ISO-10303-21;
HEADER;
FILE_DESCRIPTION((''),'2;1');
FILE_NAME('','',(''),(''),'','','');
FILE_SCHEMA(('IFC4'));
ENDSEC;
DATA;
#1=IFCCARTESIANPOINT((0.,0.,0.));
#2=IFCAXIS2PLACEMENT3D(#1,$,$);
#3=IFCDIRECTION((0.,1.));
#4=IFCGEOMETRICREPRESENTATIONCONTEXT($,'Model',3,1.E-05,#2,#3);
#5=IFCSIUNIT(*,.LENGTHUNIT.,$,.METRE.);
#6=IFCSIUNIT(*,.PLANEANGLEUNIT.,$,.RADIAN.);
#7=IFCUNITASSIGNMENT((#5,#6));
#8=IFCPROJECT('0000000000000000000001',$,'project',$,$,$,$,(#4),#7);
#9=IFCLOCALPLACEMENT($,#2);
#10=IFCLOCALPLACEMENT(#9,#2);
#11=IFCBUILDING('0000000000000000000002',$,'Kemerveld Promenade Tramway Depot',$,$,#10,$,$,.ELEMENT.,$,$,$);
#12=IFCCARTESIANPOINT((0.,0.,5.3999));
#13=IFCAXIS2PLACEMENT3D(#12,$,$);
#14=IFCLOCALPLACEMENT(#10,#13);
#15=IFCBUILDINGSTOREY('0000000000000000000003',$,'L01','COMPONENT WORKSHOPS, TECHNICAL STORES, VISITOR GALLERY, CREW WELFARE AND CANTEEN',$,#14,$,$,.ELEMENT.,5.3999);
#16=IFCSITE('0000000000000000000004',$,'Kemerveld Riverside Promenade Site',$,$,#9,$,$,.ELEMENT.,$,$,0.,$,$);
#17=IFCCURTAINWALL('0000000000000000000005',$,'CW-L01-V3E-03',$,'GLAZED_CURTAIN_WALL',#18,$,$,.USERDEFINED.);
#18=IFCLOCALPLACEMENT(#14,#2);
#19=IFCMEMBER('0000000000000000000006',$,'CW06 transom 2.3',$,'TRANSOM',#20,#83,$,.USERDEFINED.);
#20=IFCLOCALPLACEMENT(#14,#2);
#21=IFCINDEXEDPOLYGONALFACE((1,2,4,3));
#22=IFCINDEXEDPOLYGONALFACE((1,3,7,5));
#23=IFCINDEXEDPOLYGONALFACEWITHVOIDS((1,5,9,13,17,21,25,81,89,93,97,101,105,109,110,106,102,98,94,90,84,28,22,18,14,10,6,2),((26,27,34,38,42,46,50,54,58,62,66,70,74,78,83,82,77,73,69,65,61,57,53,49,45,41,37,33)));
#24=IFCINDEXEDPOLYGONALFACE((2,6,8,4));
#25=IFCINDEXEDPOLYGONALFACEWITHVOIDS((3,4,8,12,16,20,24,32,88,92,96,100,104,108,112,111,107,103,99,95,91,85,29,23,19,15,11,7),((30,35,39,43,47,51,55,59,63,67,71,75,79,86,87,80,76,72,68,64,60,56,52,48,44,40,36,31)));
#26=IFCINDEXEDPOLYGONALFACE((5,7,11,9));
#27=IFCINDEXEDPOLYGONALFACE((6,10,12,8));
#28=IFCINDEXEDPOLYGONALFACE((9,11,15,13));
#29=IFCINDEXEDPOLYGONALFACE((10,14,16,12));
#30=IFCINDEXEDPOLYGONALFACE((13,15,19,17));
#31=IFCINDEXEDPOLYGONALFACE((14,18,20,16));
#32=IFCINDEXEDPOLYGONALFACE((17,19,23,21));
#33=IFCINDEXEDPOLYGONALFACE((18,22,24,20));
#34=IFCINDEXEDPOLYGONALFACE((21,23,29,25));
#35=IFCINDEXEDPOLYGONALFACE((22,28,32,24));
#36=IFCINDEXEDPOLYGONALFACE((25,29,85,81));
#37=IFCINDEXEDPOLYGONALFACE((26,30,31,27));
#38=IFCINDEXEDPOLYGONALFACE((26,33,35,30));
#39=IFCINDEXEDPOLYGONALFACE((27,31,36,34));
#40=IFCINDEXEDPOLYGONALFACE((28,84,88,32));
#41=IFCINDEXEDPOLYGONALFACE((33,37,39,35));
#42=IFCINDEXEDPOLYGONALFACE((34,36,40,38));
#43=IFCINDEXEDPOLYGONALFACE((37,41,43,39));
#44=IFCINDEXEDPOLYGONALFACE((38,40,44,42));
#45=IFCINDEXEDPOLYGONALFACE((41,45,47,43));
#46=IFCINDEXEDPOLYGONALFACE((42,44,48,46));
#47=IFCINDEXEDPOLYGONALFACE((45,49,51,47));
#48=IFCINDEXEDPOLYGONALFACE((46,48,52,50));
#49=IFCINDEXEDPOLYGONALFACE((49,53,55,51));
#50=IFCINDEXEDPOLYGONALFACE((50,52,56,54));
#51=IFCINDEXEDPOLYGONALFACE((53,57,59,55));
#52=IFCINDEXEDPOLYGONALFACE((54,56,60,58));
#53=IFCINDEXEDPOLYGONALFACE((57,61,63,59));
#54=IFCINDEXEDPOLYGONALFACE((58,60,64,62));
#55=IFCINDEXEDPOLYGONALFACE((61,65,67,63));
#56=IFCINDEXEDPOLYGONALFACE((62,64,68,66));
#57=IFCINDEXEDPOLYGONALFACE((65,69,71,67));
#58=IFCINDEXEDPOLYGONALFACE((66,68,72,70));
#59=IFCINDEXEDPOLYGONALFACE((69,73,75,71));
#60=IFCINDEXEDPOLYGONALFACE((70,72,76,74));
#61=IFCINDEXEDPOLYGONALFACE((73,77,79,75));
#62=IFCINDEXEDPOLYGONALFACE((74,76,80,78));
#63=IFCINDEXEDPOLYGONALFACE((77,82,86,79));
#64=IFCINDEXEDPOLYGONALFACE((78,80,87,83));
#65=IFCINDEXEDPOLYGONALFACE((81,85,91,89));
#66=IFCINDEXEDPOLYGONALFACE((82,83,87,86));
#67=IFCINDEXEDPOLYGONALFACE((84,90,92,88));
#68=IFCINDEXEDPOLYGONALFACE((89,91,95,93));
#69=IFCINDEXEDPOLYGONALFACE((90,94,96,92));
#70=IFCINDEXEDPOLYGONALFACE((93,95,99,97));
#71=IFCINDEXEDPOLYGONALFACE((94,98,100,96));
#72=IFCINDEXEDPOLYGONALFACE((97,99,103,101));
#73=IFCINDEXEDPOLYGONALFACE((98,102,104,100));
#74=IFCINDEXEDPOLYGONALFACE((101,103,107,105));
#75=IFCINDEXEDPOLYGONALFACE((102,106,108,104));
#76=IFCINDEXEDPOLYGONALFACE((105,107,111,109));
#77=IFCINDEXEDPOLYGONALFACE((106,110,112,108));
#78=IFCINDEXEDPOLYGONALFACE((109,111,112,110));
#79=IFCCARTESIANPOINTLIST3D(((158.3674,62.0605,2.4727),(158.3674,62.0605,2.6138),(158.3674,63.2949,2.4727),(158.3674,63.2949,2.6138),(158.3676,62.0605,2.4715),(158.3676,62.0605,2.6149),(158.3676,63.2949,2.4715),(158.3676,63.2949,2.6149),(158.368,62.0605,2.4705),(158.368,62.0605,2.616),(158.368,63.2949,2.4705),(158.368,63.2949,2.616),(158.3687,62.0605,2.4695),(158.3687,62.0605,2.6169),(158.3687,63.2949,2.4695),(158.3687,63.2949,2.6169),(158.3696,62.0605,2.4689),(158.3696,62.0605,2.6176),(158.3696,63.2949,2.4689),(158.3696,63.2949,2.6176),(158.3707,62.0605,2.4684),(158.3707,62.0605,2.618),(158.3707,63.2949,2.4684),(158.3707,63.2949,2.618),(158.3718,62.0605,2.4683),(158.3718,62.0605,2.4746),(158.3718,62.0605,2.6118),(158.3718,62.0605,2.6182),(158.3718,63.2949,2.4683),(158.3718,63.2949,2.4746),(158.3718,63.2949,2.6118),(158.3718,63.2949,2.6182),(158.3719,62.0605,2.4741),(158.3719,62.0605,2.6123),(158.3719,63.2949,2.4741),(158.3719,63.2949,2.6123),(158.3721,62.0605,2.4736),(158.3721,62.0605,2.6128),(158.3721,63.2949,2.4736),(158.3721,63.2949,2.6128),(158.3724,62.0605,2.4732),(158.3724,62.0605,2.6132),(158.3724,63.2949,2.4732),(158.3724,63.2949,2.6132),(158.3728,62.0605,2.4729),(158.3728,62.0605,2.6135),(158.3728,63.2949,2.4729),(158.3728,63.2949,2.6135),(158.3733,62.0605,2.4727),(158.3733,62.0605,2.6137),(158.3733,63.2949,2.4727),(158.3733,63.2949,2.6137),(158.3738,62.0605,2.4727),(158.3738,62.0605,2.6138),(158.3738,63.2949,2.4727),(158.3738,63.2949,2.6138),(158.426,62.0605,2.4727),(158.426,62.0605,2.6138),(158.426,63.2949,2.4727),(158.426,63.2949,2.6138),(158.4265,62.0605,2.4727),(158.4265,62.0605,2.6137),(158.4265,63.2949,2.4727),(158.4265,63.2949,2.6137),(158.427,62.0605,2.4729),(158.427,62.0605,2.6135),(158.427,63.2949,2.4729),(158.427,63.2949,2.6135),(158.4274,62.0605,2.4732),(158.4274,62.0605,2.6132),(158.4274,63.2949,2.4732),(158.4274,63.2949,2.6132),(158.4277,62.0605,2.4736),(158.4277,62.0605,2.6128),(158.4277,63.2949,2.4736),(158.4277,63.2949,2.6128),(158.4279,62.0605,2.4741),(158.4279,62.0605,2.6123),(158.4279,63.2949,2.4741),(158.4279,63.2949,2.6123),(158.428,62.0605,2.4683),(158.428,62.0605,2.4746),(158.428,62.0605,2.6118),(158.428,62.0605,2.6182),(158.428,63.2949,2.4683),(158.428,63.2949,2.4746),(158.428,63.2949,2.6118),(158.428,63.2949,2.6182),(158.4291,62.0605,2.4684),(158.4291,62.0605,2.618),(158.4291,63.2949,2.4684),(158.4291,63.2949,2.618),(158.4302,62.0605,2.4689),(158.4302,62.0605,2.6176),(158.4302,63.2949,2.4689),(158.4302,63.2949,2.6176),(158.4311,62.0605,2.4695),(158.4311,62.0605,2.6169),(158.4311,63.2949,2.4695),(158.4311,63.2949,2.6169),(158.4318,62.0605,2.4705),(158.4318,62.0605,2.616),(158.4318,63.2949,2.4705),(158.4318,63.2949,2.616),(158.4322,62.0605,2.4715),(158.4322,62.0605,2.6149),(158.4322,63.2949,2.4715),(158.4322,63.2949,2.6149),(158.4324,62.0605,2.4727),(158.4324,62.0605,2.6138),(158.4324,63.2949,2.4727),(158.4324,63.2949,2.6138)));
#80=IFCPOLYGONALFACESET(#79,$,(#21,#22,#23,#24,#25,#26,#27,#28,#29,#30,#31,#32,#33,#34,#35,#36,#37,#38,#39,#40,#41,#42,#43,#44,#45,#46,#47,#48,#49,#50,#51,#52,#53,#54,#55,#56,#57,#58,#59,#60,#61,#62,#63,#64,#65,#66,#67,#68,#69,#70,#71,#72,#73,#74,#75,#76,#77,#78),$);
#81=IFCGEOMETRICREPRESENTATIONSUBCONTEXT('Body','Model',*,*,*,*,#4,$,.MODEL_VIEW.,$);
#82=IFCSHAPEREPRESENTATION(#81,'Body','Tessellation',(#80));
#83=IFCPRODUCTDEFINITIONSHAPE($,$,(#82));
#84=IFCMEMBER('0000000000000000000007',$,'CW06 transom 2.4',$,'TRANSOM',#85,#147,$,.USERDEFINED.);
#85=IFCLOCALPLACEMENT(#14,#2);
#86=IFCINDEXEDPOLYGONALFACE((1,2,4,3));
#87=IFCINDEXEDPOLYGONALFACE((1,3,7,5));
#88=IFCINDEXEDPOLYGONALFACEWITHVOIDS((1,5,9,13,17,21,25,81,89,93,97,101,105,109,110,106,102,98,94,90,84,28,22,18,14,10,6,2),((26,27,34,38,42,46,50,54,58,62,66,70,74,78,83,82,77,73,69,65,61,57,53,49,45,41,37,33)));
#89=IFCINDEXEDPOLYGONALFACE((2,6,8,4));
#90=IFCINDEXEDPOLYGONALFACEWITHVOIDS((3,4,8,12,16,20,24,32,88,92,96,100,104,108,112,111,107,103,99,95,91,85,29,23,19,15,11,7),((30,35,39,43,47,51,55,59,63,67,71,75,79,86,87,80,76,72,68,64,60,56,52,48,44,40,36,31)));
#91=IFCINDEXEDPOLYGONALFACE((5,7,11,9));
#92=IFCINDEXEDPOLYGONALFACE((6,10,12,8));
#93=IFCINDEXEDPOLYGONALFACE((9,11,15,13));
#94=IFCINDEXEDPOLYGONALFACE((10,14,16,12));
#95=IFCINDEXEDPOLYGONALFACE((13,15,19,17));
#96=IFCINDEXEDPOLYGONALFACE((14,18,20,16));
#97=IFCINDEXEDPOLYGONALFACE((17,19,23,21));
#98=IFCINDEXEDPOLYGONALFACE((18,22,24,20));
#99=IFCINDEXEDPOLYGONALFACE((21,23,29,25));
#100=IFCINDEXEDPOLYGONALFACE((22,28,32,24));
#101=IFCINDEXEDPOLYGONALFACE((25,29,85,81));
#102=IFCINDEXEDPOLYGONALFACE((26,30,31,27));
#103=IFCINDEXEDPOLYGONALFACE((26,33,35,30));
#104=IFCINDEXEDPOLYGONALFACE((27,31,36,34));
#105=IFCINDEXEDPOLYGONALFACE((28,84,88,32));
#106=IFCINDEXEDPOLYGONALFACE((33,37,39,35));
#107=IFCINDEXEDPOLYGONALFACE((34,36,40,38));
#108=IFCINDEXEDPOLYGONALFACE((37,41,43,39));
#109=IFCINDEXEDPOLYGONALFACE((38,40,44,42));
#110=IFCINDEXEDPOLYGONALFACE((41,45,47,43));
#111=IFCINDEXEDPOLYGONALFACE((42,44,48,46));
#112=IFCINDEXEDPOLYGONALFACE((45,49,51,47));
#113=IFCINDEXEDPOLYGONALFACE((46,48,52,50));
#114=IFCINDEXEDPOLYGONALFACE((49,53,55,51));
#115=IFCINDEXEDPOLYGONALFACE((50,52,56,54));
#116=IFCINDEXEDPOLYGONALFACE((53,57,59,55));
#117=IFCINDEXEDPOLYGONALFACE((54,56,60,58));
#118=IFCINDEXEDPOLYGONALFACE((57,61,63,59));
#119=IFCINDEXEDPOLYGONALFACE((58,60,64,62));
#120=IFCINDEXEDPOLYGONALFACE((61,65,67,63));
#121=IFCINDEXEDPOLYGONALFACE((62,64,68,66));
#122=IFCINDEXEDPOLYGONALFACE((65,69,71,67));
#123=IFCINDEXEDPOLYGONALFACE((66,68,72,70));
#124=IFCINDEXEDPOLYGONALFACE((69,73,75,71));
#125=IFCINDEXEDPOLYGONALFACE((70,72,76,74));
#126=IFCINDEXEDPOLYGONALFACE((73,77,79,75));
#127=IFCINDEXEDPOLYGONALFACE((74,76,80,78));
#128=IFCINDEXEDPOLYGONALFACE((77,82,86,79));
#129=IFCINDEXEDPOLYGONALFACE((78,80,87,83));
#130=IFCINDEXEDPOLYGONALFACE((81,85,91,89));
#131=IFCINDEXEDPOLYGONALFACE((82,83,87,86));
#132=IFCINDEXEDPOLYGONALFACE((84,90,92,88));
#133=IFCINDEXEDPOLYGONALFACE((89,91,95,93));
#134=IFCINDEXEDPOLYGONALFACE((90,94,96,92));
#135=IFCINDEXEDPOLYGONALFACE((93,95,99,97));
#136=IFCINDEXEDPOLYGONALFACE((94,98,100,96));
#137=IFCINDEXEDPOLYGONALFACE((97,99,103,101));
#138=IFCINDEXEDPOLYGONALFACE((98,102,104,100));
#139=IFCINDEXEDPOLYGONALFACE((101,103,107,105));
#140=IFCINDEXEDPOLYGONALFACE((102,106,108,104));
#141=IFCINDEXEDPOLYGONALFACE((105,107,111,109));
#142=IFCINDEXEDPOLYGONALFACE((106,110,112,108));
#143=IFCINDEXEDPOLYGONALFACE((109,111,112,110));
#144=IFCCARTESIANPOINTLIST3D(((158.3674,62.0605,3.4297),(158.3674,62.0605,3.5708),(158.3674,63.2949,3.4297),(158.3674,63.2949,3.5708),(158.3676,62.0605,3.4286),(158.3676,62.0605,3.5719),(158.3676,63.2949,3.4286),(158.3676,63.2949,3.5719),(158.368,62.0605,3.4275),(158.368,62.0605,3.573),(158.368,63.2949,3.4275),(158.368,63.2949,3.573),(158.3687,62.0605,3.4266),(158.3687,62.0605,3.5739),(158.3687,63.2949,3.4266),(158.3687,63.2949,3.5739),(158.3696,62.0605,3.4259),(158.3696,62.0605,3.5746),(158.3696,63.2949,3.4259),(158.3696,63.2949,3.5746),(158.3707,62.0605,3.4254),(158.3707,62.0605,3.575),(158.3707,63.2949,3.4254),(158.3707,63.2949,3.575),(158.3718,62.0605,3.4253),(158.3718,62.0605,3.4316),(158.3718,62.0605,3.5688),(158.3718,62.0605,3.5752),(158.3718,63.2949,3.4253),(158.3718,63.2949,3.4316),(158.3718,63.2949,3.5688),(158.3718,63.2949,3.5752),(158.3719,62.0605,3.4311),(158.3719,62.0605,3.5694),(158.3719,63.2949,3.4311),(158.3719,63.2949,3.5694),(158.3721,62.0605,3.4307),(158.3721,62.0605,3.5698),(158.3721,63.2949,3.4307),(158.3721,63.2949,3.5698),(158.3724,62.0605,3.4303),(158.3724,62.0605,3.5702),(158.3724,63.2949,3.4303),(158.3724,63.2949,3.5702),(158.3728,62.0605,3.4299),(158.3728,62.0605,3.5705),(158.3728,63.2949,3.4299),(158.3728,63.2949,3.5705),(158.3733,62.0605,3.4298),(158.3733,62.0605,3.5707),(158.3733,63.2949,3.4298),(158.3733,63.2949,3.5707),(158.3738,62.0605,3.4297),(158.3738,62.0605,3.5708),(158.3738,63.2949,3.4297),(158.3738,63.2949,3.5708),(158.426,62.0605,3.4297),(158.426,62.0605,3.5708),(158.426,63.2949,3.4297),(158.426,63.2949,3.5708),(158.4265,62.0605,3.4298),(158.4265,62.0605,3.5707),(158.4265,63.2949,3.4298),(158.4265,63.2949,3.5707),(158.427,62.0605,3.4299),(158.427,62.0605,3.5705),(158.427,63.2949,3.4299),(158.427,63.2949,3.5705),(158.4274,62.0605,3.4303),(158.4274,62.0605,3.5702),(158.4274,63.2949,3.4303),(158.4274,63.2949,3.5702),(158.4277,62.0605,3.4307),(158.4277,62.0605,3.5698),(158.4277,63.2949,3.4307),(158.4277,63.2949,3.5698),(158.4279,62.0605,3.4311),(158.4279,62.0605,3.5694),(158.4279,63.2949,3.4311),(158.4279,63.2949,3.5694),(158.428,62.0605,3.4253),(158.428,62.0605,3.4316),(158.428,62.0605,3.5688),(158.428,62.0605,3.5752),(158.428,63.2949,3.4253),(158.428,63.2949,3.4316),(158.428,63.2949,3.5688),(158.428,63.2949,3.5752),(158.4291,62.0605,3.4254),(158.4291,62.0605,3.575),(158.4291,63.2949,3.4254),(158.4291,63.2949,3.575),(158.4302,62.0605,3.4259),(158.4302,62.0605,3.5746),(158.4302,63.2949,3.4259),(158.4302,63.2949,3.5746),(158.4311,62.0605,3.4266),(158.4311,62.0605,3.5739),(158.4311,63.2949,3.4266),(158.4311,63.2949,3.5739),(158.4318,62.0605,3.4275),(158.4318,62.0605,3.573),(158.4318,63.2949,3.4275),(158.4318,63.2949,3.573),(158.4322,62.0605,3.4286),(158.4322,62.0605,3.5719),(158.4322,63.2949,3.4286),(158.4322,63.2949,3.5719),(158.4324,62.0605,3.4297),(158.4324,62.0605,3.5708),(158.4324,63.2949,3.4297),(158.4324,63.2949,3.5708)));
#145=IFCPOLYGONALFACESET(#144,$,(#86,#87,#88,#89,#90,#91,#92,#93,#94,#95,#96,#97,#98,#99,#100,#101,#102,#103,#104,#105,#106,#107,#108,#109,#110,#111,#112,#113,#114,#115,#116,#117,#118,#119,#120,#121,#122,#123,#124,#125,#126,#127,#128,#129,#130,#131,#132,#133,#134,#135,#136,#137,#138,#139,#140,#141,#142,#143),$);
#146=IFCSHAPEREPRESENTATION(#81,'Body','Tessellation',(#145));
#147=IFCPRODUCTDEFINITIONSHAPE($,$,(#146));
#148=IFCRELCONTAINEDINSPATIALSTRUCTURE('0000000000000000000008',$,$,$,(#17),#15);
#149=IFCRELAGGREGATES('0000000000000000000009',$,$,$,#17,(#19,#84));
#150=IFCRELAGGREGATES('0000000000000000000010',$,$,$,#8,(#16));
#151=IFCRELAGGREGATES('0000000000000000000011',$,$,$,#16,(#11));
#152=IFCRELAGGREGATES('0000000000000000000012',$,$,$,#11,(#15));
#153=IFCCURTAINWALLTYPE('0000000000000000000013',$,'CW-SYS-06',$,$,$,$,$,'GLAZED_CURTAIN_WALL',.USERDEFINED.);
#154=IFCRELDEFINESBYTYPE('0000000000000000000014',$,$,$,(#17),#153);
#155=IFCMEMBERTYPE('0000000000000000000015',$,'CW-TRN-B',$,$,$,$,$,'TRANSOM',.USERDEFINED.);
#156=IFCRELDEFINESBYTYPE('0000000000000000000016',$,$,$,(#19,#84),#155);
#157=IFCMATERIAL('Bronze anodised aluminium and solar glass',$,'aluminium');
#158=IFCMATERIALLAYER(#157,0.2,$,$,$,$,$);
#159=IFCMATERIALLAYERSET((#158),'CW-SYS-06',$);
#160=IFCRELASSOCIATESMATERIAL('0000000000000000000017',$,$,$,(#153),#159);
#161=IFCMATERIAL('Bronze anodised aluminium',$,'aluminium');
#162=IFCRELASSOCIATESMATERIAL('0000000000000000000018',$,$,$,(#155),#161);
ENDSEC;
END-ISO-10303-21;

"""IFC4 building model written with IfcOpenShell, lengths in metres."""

from ifc_helpers import new_model, si_unit, direction, frame, origin, origin_2d, place, context, subcontext, project, spatial, hollow_rectangle, extrude, material, layer, layer_set, material_profile, profile_set, type_object, element, aggregate, save


model = new_model("IFC4")

# Units and contexts
model_context = context("Model", 3, precision=1e-05, world=origin(), true_north=direction((0.0, 1.0)))
body_context = subcontext(model_context, "Body", "Model", "MODEL_VIEW")
ifc_project = project(units=[si_unit("LENGTHUNIT", "METRE"), si_unit("PLANEANGLEUNIT", "RADIAN")], contexts=[model_context])

# Site, building, storey
site_placement = place(None, origin())
site = spatial("IfcSite", under=ifc_project, at=site_placement, Name="Kemerveld Riverside Promenade Site", CompositionType="ELEMENT", RefElevation=0.0)
building_placement = place(site_placement, origin())
building = spatial("IfcBuilding", under=site, at=building_placement, Name="Kemerveld Promenade Tramway Depot", CompositionType="ELEMENT")
storey_placement = place(building_placement, frame((0.0, 0.0, 5.3999)))
storey = spatial("IfcBuildingStorey", under=building, at=storey_placement, Name="L01", Description="COMPONENT WORKSHOPS, TECHNICAL STORES, VISITOR GALLERY, CREW WELFARE AND CANTEEN", CompositionType="ELEMENT", Elevation=5.3999)

# Shared definitions
ifc_material_1 = material(Name="Bronze anodised aluminium and solar glass", Category="aluminium")
ifc_material_2 = material(Name="Bronze anodised aluminium", Category="aluminium")

# Curtain wall, members
ifc_layer_1 = layer(ifc_material_1, 0.2)
ifc_layer_set_1 = layer_set([ifc_layer_1], Name="CW-SYS-06")
curtain_wall_type_1 = type_object("IfcCurtainWallType", Name="CW-SYS-06", ElementType="GLAZED_CURTAIN_WALL", PredefinedType="USERDEFINED", material=ifc_layer_set_1)
curtain_wall_1_placement = place(storey_placement, origin())
curtain_wall_1 = element("IfcCurtainWall", 1, at=curtain_wall_1_placement, inside=storey, type_object=curtain_wall_type_1, Name="CW-L01-V3E-03", ObjectType="GLAZED_CURTAIN_WALL", PredefinedType="USERDEFINED")
ifc_material_profile_1 = material_profile(ifc_material_2, hollow_rectangle(XDim=0.0649, YDim=0.1499, WallThickness=0.0044, InnerFilletRadius=0.002, OuterFilletRadius=0.0044, at=origin_2d()), Name="CW-TRN-150x65")
ifc_profile_set_1 = profile_set([ifc_material_profile_1], Name="Bronze anodised aluminium")
member_type_1 = type_object("IfcMemberType", Name="CW-TRN-B", ElementType="TRANSOM", PredefinedType="USERDEFINED", material=ifc_profile_set_1)
member_1_placement = place(storey_placement, frame((158.3999, 63.2949, 2.5432), z_axis=(0.0, -1.0, 0.0), x_axis=(1.0, 0.0, 0.0)))
member_1 = element("IfcMember", 2, at=member_1_placement, type_object=member_type_1, Name="CW06 transom 2.3", ObjectType="TRANSOM", PredefinedType="USERDEFINED", context=body_context, shape_type="SweptSolid", body=[
    extrude(hollow_rectangle(XDim=0.0649, YDim=0.1499, WallThickness=0.0044, InnerFilletRadius=0.002, OuterFilletRadius=0.0044, at=origin_2d()), origin(), (0.0, 0.0, 1.0), 1.2344),
])
member_2_placement = place(storey_placement, frame((158.3999, 63.2949, 3.5002), z_axis=(0.0, -1.0, 0.0), x_axis=(1.0, 0.0, 0.0)))
member_2 = element("IfcMember", 3, at=member_2_placement, type_object=member_type_1, Name="CW06 transom 2.4", ObjectType="TRANSOM", PredefinedType="USERDEFINED", context=body_context, shape_type="SweptSolid", body=[
    extrude(hollow_rectangle(XDim=0.0649, YDim=0.1499, WallThickness=0.0044, InnerFilletRadius=0.002, OuterFilletRadius=0.0044, at=origin_2d()), origin(), (0.0, 0.0, 1.0), 1.2344),
])

aggregate(curtain_wall_1, [member_1, member_2])

save(model, "model.ifc")
